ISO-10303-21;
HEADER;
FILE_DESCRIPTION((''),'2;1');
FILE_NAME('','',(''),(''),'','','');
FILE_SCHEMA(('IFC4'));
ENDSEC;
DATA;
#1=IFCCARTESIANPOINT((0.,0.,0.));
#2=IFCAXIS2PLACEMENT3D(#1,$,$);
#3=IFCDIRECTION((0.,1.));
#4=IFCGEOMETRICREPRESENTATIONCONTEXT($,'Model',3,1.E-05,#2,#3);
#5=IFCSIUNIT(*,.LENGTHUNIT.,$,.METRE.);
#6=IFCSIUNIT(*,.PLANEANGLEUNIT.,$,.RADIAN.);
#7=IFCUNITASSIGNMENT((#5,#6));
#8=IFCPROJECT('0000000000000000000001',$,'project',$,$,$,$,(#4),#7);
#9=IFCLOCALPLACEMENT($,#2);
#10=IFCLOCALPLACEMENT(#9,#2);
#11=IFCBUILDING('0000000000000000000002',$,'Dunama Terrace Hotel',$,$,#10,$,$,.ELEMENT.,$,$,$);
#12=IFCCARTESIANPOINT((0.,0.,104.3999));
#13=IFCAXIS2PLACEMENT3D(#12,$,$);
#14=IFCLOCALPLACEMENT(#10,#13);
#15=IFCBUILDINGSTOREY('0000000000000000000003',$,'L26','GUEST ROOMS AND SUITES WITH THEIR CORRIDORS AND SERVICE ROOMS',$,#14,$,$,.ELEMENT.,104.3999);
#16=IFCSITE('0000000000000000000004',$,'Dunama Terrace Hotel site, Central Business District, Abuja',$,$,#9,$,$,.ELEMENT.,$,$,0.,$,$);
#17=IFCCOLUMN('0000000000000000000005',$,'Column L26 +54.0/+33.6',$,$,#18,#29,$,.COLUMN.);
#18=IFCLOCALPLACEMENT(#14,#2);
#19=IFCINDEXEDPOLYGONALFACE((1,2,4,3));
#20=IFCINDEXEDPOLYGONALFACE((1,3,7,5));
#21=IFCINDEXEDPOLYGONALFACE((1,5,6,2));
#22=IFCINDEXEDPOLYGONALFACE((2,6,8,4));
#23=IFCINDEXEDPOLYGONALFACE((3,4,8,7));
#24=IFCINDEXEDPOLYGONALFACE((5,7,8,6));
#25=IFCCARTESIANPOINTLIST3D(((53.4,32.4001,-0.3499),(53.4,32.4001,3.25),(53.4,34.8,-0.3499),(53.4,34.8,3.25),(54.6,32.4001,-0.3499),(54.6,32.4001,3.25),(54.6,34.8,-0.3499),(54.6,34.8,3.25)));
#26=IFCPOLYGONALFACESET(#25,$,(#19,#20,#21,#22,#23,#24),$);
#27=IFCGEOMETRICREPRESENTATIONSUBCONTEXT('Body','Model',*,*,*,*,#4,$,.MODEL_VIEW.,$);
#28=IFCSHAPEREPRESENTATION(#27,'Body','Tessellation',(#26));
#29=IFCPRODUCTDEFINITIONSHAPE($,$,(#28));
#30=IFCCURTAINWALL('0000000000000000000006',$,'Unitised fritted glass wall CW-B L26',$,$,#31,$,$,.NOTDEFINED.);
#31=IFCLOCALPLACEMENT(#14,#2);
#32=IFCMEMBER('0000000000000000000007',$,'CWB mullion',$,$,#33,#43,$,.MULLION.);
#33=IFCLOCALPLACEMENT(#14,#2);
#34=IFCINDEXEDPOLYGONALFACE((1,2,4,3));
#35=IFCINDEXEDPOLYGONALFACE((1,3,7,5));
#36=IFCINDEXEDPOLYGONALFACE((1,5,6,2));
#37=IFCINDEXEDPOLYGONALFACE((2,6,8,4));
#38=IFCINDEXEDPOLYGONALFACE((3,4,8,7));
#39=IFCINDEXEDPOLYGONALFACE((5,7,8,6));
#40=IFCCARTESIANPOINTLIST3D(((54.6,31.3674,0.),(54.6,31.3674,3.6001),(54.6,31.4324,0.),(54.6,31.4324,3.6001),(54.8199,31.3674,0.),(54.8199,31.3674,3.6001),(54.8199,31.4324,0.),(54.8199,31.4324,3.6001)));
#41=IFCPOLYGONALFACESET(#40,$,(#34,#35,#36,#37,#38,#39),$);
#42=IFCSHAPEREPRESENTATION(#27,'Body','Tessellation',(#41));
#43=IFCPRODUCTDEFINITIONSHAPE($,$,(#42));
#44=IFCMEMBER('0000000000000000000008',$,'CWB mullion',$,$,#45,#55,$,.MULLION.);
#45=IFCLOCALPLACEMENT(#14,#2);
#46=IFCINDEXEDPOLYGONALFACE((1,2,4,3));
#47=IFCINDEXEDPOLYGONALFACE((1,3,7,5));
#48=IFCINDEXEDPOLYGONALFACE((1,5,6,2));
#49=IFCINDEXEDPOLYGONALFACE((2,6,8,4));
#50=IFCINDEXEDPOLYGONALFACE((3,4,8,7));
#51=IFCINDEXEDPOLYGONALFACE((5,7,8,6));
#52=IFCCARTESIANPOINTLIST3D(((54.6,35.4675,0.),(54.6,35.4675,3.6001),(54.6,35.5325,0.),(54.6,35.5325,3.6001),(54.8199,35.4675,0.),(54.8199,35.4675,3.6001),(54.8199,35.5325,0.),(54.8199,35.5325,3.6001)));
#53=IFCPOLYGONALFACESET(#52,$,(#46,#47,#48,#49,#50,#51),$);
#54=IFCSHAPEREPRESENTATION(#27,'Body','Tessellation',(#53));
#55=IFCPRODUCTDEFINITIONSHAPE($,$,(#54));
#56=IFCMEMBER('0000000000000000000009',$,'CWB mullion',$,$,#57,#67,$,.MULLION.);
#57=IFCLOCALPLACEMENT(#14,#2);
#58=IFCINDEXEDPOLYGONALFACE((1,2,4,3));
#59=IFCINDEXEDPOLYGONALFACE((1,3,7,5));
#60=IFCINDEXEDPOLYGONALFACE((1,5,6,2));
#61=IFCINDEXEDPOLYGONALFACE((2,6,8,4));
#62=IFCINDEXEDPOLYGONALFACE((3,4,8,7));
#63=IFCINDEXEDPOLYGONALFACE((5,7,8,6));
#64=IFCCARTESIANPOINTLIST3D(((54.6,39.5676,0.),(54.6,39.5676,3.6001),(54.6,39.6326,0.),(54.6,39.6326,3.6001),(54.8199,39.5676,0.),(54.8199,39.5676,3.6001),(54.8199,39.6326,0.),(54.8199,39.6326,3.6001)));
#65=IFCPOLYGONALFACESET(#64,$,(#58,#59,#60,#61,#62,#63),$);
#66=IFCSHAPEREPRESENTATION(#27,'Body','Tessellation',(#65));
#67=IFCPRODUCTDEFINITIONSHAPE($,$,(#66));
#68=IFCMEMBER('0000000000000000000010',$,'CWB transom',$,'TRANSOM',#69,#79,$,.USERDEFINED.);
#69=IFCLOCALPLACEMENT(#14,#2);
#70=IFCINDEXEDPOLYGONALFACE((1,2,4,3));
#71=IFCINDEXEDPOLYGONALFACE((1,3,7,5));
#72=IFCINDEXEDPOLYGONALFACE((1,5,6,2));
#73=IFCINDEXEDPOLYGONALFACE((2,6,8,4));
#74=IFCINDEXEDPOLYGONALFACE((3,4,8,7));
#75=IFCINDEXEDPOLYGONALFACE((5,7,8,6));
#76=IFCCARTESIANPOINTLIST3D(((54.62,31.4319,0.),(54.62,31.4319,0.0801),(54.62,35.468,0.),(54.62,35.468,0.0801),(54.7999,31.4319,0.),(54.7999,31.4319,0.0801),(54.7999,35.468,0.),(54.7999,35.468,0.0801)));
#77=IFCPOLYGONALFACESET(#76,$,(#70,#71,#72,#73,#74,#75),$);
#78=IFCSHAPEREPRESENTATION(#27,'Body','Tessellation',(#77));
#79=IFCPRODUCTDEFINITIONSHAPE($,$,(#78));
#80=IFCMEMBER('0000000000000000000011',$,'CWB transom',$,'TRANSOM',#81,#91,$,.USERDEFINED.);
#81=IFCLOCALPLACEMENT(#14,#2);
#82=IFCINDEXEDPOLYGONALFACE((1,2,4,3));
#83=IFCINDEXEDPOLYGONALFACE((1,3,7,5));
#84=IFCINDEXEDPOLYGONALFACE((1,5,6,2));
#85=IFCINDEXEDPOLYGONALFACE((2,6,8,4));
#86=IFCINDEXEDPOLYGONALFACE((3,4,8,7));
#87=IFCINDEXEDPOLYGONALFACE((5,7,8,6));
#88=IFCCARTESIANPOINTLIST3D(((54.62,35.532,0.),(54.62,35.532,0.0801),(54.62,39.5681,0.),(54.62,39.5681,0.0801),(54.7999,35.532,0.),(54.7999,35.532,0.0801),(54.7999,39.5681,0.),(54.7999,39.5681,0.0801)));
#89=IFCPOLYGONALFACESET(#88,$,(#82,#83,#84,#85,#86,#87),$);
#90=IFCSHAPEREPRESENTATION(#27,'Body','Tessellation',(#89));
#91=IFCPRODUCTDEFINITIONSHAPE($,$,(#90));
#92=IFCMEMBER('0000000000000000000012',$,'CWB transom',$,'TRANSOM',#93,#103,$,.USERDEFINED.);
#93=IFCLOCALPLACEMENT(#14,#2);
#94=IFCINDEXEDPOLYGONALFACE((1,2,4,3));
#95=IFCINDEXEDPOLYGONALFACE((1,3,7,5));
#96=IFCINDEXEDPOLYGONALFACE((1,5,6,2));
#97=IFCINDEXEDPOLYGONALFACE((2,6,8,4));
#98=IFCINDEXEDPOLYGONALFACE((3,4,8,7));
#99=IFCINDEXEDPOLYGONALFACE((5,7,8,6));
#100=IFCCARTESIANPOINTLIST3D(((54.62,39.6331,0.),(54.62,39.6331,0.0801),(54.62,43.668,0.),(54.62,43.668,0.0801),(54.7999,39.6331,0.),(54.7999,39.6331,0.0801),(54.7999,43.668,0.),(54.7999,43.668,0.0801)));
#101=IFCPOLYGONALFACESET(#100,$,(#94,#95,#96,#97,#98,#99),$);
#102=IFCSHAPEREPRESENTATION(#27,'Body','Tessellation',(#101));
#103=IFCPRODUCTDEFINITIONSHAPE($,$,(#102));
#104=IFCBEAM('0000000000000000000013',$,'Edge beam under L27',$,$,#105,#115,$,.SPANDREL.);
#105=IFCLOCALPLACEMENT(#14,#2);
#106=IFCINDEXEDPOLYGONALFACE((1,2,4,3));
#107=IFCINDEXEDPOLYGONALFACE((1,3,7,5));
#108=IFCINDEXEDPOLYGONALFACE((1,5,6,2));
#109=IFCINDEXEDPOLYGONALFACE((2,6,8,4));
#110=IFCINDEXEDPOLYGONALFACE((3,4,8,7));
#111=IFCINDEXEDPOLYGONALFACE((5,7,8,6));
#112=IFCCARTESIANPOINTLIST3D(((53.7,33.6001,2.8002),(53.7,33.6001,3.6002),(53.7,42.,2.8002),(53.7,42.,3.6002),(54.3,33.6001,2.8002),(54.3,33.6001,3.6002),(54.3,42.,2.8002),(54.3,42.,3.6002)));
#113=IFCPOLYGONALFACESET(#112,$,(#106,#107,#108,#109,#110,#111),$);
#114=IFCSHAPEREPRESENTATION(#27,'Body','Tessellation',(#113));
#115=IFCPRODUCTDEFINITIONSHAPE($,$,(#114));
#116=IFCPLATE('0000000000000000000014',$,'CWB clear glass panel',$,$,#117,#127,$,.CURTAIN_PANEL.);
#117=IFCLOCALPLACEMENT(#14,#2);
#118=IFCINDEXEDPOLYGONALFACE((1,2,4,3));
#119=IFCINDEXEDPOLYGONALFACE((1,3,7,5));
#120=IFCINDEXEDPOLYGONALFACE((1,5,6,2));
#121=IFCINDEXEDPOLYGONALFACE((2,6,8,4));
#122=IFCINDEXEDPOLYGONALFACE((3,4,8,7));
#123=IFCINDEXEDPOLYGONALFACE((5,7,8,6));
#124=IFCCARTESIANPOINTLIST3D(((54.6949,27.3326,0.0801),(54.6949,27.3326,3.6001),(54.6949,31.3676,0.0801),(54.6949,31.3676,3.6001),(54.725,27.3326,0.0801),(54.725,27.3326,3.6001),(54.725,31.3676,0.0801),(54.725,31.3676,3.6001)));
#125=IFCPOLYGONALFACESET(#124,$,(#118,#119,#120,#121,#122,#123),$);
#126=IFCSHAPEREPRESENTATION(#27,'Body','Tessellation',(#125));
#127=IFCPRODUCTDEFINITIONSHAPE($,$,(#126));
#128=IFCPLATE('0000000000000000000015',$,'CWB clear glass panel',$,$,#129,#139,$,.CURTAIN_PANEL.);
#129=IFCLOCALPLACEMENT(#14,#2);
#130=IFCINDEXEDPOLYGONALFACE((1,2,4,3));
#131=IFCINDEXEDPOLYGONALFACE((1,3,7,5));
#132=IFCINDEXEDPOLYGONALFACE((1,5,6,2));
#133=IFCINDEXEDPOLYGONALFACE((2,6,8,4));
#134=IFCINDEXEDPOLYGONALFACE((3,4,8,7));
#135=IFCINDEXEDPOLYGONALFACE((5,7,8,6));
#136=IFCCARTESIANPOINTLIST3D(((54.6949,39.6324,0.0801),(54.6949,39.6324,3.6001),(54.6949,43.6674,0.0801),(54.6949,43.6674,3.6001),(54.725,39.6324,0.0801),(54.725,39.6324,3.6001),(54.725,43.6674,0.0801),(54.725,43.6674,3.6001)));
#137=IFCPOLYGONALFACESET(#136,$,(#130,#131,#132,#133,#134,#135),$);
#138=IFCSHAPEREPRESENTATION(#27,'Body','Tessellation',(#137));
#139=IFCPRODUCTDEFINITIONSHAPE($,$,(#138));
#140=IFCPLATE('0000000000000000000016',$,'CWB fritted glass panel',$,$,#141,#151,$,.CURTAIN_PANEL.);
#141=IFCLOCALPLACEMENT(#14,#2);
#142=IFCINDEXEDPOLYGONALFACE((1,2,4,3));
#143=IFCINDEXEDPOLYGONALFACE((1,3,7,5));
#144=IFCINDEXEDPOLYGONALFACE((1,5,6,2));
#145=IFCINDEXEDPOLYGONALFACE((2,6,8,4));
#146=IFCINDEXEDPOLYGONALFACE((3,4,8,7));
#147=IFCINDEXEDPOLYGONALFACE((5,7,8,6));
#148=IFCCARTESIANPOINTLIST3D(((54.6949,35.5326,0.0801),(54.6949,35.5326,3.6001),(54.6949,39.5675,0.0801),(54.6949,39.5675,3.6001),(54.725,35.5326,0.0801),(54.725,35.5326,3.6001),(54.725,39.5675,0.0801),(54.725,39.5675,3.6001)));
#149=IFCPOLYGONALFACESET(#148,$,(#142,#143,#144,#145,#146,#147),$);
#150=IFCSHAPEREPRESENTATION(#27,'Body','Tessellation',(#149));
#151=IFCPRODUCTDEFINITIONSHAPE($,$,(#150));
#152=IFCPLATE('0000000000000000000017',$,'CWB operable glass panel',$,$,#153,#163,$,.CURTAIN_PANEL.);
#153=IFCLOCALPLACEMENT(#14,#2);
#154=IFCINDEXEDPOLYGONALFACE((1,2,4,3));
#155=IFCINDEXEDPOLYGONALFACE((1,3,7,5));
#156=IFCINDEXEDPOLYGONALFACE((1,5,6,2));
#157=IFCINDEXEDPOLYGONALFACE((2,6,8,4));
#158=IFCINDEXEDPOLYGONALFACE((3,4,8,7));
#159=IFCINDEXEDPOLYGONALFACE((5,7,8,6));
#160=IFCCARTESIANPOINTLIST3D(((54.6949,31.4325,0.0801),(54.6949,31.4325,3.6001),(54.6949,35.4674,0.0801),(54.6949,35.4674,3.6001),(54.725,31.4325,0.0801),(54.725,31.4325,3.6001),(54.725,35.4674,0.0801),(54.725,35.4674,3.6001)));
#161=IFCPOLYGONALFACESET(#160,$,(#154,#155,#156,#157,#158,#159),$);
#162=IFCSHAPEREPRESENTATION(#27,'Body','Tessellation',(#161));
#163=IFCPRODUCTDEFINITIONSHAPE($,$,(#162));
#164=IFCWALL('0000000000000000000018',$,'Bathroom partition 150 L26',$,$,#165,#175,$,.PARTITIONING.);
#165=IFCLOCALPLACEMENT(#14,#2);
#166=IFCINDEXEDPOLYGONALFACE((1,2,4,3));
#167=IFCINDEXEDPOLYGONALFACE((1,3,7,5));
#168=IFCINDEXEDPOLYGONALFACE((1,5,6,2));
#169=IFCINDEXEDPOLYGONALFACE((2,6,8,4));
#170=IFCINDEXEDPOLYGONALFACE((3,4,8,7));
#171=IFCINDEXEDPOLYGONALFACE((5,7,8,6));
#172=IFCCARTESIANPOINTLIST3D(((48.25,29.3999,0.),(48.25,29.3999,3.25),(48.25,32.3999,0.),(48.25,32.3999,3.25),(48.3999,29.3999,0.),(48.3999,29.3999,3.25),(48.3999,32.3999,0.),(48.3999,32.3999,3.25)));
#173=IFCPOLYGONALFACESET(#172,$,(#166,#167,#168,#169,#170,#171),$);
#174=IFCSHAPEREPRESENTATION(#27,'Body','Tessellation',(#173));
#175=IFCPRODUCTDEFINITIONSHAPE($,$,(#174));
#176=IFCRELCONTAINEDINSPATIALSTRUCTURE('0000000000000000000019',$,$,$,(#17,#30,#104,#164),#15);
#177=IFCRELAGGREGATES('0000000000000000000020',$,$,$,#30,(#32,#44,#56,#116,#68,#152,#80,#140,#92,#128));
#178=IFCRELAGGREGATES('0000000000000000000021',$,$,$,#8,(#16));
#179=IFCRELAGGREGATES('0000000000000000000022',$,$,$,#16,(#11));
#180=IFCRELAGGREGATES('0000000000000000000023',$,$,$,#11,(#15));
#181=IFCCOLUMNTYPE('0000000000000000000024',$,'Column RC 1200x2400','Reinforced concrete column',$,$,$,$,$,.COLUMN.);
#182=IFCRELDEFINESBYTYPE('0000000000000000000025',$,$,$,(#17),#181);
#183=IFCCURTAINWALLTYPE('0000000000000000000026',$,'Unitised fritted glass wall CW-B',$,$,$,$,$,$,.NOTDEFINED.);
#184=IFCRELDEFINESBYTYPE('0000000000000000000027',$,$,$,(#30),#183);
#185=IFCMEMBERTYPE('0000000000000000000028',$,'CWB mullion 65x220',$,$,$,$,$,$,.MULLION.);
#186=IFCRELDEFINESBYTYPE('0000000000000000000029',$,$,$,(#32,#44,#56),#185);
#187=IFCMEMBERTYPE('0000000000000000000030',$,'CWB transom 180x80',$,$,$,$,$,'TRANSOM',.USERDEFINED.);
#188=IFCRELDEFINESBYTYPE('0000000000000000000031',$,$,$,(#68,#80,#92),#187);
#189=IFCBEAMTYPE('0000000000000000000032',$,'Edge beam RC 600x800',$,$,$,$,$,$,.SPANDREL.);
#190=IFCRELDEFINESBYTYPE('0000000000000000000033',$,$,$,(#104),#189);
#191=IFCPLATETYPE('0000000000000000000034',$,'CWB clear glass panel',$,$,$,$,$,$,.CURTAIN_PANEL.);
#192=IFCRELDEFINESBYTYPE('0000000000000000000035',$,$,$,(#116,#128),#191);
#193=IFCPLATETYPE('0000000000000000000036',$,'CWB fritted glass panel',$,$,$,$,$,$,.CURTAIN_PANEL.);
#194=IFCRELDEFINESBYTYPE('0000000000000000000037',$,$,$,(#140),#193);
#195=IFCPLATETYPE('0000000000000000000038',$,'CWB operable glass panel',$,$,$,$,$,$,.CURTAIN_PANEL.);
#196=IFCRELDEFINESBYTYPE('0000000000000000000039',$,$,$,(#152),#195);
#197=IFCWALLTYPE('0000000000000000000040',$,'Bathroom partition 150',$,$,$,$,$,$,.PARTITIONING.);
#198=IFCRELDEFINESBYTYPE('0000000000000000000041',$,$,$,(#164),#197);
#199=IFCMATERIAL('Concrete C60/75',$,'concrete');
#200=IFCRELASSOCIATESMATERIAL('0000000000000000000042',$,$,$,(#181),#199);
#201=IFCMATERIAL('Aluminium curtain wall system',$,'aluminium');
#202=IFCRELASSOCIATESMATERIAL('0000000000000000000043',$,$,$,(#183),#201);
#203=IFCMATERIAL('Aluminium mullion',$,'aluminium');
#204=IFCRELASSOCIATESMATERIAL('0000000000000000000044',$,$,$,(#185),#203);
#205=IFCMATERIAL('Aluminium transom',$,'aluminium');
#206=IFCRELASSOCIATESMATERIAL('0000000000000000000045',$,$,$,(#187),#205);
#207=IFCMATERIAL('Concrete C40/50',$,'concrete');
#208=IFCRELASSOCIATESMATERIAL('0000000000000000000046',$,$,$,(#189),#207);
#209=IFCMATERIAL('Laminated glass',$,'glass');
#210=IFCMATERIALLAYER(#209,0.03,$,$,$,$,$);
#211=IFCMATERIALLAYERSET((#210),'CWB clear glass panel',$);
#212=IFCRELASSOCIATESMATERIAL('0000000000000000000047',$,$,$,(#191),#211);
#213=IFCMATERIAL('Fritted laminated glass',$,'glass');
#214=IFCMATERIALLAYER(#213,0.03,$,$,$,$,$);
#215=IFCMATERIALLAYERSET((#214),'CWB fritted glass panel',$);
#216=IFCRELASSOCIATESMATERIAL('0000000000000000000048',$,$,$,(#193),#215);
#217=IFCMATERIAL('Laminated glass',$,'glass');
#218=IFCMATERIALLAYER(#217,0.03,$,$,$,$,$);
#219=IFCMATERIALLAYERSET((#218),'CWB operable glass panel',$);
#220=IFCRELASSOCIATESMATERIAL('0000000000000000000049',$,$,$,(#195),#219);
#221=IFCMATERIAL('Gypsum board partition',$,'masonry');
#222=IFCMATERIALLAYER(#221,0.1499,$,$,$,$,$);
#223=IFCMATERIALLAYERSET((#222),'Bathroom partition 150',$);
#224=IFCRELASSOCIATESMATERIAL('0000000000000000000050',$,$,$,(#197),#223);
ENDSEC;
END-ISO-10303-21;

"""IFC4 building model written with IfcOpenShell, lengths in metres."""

from ifc_helpers import new_model, si_unit, direction, frame, frame_2d, origin, origin_2d, place, context, subcontext, project, spatial, rectangle, extrude, material, layer, layer_set, material_profile, profile_set, type_object, element, aggregate, save


model = new_model("IFC4")

# Units and contexts
model_context = context("Model", 3, precision=1e-05, world=origin(), true_north=direction((0.0, 1.0)))
body_context = subcontext(model_context, "Body", "Model", "MODEL_VIEW")
ifc_project = project(units=[si_unit("LENGTHUNIT", "METRE"), si_unit("PLANEANGLEUNIT", "RADIAN")], contexts=[model_context])

# Site, building, storey
site_placement = place(None, origin())
site = spatial("IfcSite", under=ifc_project, at=site_placement, Name="Dunama Terrace Hotel site, Central Business District, Abuja", CompositionType="ELEMENT", RefElevation=0.0)
building_placement = place(site_placement, origin())
building = spatial("IfcBuilding", under=site, at=building_placement, Name="Dunama Terrace Hotel", CompositionType="ELEMENT")
storey_placement = place(building_placement, frame((0.0, 0.0, 104.3999)))
storey = spatial("IfcBuildingStorey", under=building, at=storey_placement, Name="L26", Description="GUEST ROOMS AND SUITES WITH THEIR CORRIDORS AND SERVICE ROOMS", CompositionType="ELEMENT", Elevation=104.3999)

# Column
ifc_material_1 = material(Name="Concrete C60/75", Category="concrete")
ifc_material_profile_1 = material_profile(ifc_material_1, rectangle(XDim=1.2, YDim=2.3999, at=origin_2d()), Name="RC 1200x2400")
ifc_profile_set_1 = profile_set([ifc_material_profile_1], Name="Concrete C60/75")
column_type = type_object("IfcColumnType", Name="Column RC 1200x2400", Description="Reinforced concrete column", PredefinedType="COLUMN", material=ifc_profile_set_1)
column_placement = place(storey_placement, frame((54.0, 33.6001, -0.3499), z_axis=(0.0, 0.0, 1.0), x_axis=(1.0, 0.0, 0.0)))
element("IfcColumn", 1, at=column_placement, inside=storey, type_object=column_type, Name="Column L26 +54.0/+33.6", PredefinedType="COLUMN", context=body_context, shape_type="SweptSolid", body=[
    extrude(rectangle(XDim=1.2, YDim=2.3999, at=origin_2d()), origin(), (0.0, 0.0, 1.0), 3.5999),
])

# Curtain wall, members
ifc_material_2 = material(Name="Aluminium curtain wall system", Category="aluminium")
curtain_wall_type = type_object("IfcCurtainWallType", Name="Unitised fritted glass wall CW-B", PredefinedType="NOTDEFINED", material=ifc_material_2)
curtain_wall_placement = place(storey_placement, origin())
curtain_wall = element("IfcCurtainWall", 2, at=curtain_wall_placement, inside=storey, type_object=curtain_wall_type, Name="Unitised fritted glass wall CW-B L26", PredefinedType="NOTDEFINED")
ifc_material_3 = material(Name="Aluminium mullion", Category="aluminium")
ifc_material_profile_2 = material_profile(ifc_material_3, rectangle(XDim=0.0649, YDim=0.22, at=origin_2d()), Name="CWB MULLION 65X220")
ifc_profile_set_2 = profile_set([ifc_material_profile_2], Name="Aluminium mullion")
member_type_1 = type_object("IfcMemberType", Name="CWB mullion 65x220", PredefinedType="MULLION", material=ifc_profile_set_2)
member_1_placement = place(storey_placement, frame((54.71, 31.3999, 0.0), z_axis=(0.0, 0.0, 1.0), x_axis=(0.0, 1.0, 0.0)))
member_1 = element("IfcMember", 3, at=member_1_placement, type_object=member_type_1, Name="CWB mullion", PredefinedType="MULLION", context=body_context, shape_type="SweptSolid", body=[
    extrude(rectangle(XDim=0.0649, YDim=0.22, at=origin_2d()), origin(), (0.0, 0.0, 1.0), 3.6001),
])
member_2_placement = place(storey_placement, frame((54.71, 35.5, 0.0), z_axis=(0.0, 0.0, 1.0), x_axis=(0.0, 1.0, 0.0)))
member_2 = element("IfcMember", 4, at=member_2_placement, type_object=member_type_1, Name="CWB mullion", PredefinedType="MULLION", context=body_context, shape_type="SweptSolid", body=[
    extrude(rectangle(XDim=0.0649, YDim=0.22, at=origin_2d()), origin(), (0.0, 0.0, 1.0), 3.6001),
])
member_3_placement = place(storey_placement, frame((54.71, 39.6001, 0.0), z_axis=(0.0, 0.0, 1.0), x_axis=(0.0, 1.0, 0.0)))
member_3 = element("IfcMember", 5, at=member_3_placement, type_object=member_type_1, Name="CWB mullion", PredefinedType="MULLION", context=body_context, shape_type="SweptSolid", body=[
    extrude(rectangle(XDim=0.0649, YDim=0.22, at=origin_2d()), origin(), (0.0, 0.0, 1.0), 3.6001),
])
ifc_material_4 = material(Name="Aluminium transom", Category="aluminium")
ifc_material_profile_3 = material_profile(ifc_material_4, rectangle(XDim=0.1799, YDim=0.0801, at=origin_2d()), Name="CWB TRANSOM 180X80")
ifc_profile_set_3 = profile_set([ifc_material_profile_3], Name="Aluminium transom")
member_type_2 = type_object("IfcMemberType", Name="CWB transom 180x80", ElementType="TRANSOM", PredefinedType="USERDEFINED", material=ifc_profile_set_3)
member_4_placement = place(storey_placement, frame((54.71, 31.4319, 0.04), z_axis=(0.0, 1.0, 0.0), x_axis=(-1.0, 0.0, 0.0)))
member_4 = element("IfcMember", 6, at=member_4_placement, type_object=member_type_2, Name="CWB transom", ObjectType="TRANSOM", PredefinedType="USERDEFINED", context=body_context, shape_type="SweptSolid", body=[
    extrude(rectangle(XDim=0.1799, YDim=0.0801, at=origin_2d()), origin(), (0.0, 0.0, 1.0), 4.0361),
])
member_5_placement = place(storey_placement, frame((54.71, 35.532, 0.04), z_axis=(0.0, 1.0, 0.0), x_axis=(-1.0, 0.0, 0.0)))
member_5 = element("IfcMember", 7, at=member_5_placement, type_object=member_type_2, Name="CWB transom", ObjectType="TRANSOM", PredefinedType="USERDEFINED", context=body_context, shape_type="SweptSolid", body=[
    extrude(rectangle(XDim=0.1799, YDim=0.0801, at=origin_2d()), origin(), (0.0, 0.0, 1.0), 4.0361),
])
member_6_placement = place(storey_placement, frame((54.71, 39.6331, 0.04), z_axis=(0.0, 1.0, 0.0), x_axis=(-1.0, 0.0, 0.0)))
member_6 = element("IfcMember", 8, at=member_6_placement, type_object=member_type_2, Name="CWB transom", ObjectType="TRANSOM", PredefinedType="USERDEFINED", context=body_context, shape_type="SweptSolid", body=[
    extrude(rectangle(XDim=0.1799, YDim=0.0801, at=origin_2d()), origin(), (0.0, 0.0, 1.0), 4.0349),
])

# Beam
ifc_material_5 = material(Name="Concrete C40/50", Category="concrete")
ifc_material_profile_4 = material_profile(ifc_material_5, rectangle(XDim=0.6001, YDim=0.8, at=origin_2d()), Name="RC 600x800")
ifc_profile_set_4 = profile_set([ifc_material_profile_4], Name="Concrete C40/50")
beam_type = type_object("IfcBeamType", Name="Edge beam RC 600x800", PredefinedType="SPANDREL", material=ifc_profile_set_4)
beam_placement = place(storey_placement, frame((54.0, 33.6001, 3.2002), z_axis=(0.0, 1.0, 0.0), x_axis=(-1.0, 0.0, 0.0)))
element("IfcBeam", 9, at=beam_placement, inside=storey, type_object=beam_type, Name="Edge beam under L27", PredefinedType="SPANDREL", context=body_context, shape_type="SweptSolid", body=[
    extrude(rectangle(XDim=0.6001, YDim=0.8, at=origin_2d()), origin(), (0.0, 0.0, 1.0), 8.3999),
])

# Plates
ifc_material_6 = material(Name="Laminated glass", Category="glass")
ifc_layer_1 = layer(ifc_material_6, 0.03)
ifc_layer_set_1 = layer_set([ifc_layer_1], Name="CWB clear glass panel")
plate_type_1 = type_object("IfcPlateType", Name="CWB clear glass panel", PredefinedType="CURTAIN_PANEL", material=ifc_layer_set_1)
plate_1_placement = place(storey_placement, frame((54.71, 29.3501, 0.0801), z_axis=(0.0, 0.0, 1.0), x_axis=(0.0, 1.0, 0.0)))
plate_1 = element("IfcPlate", 10, at=plate_1_placement, type_object=plate_type_1, Name="CWB clear glass panel", PredefinedType="CURTAIN_PANEL", context=body_context, shape_type="SweptSolid", body=[
    extrude(rectangle(XDim=4.0349, YDim=0.03, at=origin_2d()), origin(), (0.0, 0.0, 1.0), 3.52),
])
plate_2_placement = place(storey_placement, frame((54.71, 41.6499, 0.0801), z_axis=(0.0, 0.0, 1.0), x_axis=(0.0, 1.0, 0.0)))
plate_2 = element("IfcPlate", 11, at=plate_2_placement, type_object=plate_type_1, Name="CWB clear glass panel", PredefinedType="CURTAIN_PANEL", context=body_context, shape_type="SweptSolid", body=[
    extrude(rectangle(XDim=4.0349, YDim=0.03, at=origin_2d()), origin(), (0.0, 0.0, 1.0), 3.52),
])
ifc_material_7 = material(Name="Fritted laminated glass", Category="glass")
ifc_layer_2 = layer(ifc_material_7, 0.03)
ifc_layer_set_2 = layer_set([ifc_layer_2], Name="CWB fritted glass panel")
plate_type_2 = type_object("IfcPlateType", Name="CWB fritted glass panel", PredefinedType="CURTAIN_PANEL", material=ifc_layer_set_2)
plate_3_placement = place(storey_placement, frame((54.71, 37.55, 0.0801), z_axis=(0.0, 0.0, 1.0), x_axis=(0.0, 1.0, 0.0)))
plate_3 = element("IfcPlate", 12, at=plate_3_placement, type_object=plate_type_2, Name="CWB fritted glass panel", PredefinedType="CURTAIN_PANEL", context=body_context, shape_type="SweptSolid", body=[
    extrude(rectangle(XDim=4.0349, YDim=0.03, at=origin_2d()), origin(), (0.0, 0.0, 1.0), 3.52),
])
ifc_material_8 = material(Name="Laminated glass", Category="glass")
ifc_layer_3 = layer(ifc_material_8, 0.03)
ifc_layer_set_3 = layer_set([ifc_layer_3], Name="CWB operable glass panel")
plate_type_3 = type_object("IfcPlateType", Name="CWB operable glass panel", PredefinedType="CURTAIN_PANEL", material=ifc_layer_set_3)
plate_4_placement = place(storey_placement, frame((54.71, 33.45, 0.0801), z_axis=(0.0, 0.0, 1.0), x_axis=(0.0, 1.0, 0.0)))
plate_4 = element("IfcPlate", 13, at=plate_4_placement, type_object=plate_type_3, Name="CWB operable glass panel", PredefinedType="CURTAIN_PANEL", context=body_context, shape_type="SweptSolid", body=[
    extrude(rectangle(XDim=4.0349, YDim=0.03, at=origin_2d()), origin(), (0.0, 0.0, 1.0), 3.52),
])
aggregate(curtain_wall, [member_1, member_2, member_3, plate_1, member_4, plate_4, member_5, plate_3, member_6, plate_2])

# Wall
ifc_material_9 = material(Name="Gypsum board partition", Category="masonry")
ifc_layer_4 = layer(ifc_material_9, 0.1499)
ifc_layer_set_4 = layer_set([ifc_layer_4], Name="Bathroom partition 150")
wall_type_1 = type_object("IfcWallType", Name="Bathroom partition 150", PredefinedType="PARTITIONING", material=ifc_layer_set_4)
for number, where, z_axis, x_axis, name in (
    (14, (48.325, 29.3999, 0.0), (0.0, 0.0, 1.0), (0.0, 1.0, 0.0), "Bathroom partition 150 L26"),
):
    element("IfcWall", number, at=place(storey_placement, frame(where, z_axis=z_axis, x_axis=x_axis)), inside=storey, type_object=wall_type_1, Name=name, PredefinedType="PARTITIONING", context=body_context, shape_type="SweptSolid", body=[
        extrude(rectangle(XDim=3.0, YDim=0.1499, at=frame_2d((1.5, 0.0))), origin(), (0.0, 0.0, 1.0), 3.25),
    ])

save(model, "model.ifc")
